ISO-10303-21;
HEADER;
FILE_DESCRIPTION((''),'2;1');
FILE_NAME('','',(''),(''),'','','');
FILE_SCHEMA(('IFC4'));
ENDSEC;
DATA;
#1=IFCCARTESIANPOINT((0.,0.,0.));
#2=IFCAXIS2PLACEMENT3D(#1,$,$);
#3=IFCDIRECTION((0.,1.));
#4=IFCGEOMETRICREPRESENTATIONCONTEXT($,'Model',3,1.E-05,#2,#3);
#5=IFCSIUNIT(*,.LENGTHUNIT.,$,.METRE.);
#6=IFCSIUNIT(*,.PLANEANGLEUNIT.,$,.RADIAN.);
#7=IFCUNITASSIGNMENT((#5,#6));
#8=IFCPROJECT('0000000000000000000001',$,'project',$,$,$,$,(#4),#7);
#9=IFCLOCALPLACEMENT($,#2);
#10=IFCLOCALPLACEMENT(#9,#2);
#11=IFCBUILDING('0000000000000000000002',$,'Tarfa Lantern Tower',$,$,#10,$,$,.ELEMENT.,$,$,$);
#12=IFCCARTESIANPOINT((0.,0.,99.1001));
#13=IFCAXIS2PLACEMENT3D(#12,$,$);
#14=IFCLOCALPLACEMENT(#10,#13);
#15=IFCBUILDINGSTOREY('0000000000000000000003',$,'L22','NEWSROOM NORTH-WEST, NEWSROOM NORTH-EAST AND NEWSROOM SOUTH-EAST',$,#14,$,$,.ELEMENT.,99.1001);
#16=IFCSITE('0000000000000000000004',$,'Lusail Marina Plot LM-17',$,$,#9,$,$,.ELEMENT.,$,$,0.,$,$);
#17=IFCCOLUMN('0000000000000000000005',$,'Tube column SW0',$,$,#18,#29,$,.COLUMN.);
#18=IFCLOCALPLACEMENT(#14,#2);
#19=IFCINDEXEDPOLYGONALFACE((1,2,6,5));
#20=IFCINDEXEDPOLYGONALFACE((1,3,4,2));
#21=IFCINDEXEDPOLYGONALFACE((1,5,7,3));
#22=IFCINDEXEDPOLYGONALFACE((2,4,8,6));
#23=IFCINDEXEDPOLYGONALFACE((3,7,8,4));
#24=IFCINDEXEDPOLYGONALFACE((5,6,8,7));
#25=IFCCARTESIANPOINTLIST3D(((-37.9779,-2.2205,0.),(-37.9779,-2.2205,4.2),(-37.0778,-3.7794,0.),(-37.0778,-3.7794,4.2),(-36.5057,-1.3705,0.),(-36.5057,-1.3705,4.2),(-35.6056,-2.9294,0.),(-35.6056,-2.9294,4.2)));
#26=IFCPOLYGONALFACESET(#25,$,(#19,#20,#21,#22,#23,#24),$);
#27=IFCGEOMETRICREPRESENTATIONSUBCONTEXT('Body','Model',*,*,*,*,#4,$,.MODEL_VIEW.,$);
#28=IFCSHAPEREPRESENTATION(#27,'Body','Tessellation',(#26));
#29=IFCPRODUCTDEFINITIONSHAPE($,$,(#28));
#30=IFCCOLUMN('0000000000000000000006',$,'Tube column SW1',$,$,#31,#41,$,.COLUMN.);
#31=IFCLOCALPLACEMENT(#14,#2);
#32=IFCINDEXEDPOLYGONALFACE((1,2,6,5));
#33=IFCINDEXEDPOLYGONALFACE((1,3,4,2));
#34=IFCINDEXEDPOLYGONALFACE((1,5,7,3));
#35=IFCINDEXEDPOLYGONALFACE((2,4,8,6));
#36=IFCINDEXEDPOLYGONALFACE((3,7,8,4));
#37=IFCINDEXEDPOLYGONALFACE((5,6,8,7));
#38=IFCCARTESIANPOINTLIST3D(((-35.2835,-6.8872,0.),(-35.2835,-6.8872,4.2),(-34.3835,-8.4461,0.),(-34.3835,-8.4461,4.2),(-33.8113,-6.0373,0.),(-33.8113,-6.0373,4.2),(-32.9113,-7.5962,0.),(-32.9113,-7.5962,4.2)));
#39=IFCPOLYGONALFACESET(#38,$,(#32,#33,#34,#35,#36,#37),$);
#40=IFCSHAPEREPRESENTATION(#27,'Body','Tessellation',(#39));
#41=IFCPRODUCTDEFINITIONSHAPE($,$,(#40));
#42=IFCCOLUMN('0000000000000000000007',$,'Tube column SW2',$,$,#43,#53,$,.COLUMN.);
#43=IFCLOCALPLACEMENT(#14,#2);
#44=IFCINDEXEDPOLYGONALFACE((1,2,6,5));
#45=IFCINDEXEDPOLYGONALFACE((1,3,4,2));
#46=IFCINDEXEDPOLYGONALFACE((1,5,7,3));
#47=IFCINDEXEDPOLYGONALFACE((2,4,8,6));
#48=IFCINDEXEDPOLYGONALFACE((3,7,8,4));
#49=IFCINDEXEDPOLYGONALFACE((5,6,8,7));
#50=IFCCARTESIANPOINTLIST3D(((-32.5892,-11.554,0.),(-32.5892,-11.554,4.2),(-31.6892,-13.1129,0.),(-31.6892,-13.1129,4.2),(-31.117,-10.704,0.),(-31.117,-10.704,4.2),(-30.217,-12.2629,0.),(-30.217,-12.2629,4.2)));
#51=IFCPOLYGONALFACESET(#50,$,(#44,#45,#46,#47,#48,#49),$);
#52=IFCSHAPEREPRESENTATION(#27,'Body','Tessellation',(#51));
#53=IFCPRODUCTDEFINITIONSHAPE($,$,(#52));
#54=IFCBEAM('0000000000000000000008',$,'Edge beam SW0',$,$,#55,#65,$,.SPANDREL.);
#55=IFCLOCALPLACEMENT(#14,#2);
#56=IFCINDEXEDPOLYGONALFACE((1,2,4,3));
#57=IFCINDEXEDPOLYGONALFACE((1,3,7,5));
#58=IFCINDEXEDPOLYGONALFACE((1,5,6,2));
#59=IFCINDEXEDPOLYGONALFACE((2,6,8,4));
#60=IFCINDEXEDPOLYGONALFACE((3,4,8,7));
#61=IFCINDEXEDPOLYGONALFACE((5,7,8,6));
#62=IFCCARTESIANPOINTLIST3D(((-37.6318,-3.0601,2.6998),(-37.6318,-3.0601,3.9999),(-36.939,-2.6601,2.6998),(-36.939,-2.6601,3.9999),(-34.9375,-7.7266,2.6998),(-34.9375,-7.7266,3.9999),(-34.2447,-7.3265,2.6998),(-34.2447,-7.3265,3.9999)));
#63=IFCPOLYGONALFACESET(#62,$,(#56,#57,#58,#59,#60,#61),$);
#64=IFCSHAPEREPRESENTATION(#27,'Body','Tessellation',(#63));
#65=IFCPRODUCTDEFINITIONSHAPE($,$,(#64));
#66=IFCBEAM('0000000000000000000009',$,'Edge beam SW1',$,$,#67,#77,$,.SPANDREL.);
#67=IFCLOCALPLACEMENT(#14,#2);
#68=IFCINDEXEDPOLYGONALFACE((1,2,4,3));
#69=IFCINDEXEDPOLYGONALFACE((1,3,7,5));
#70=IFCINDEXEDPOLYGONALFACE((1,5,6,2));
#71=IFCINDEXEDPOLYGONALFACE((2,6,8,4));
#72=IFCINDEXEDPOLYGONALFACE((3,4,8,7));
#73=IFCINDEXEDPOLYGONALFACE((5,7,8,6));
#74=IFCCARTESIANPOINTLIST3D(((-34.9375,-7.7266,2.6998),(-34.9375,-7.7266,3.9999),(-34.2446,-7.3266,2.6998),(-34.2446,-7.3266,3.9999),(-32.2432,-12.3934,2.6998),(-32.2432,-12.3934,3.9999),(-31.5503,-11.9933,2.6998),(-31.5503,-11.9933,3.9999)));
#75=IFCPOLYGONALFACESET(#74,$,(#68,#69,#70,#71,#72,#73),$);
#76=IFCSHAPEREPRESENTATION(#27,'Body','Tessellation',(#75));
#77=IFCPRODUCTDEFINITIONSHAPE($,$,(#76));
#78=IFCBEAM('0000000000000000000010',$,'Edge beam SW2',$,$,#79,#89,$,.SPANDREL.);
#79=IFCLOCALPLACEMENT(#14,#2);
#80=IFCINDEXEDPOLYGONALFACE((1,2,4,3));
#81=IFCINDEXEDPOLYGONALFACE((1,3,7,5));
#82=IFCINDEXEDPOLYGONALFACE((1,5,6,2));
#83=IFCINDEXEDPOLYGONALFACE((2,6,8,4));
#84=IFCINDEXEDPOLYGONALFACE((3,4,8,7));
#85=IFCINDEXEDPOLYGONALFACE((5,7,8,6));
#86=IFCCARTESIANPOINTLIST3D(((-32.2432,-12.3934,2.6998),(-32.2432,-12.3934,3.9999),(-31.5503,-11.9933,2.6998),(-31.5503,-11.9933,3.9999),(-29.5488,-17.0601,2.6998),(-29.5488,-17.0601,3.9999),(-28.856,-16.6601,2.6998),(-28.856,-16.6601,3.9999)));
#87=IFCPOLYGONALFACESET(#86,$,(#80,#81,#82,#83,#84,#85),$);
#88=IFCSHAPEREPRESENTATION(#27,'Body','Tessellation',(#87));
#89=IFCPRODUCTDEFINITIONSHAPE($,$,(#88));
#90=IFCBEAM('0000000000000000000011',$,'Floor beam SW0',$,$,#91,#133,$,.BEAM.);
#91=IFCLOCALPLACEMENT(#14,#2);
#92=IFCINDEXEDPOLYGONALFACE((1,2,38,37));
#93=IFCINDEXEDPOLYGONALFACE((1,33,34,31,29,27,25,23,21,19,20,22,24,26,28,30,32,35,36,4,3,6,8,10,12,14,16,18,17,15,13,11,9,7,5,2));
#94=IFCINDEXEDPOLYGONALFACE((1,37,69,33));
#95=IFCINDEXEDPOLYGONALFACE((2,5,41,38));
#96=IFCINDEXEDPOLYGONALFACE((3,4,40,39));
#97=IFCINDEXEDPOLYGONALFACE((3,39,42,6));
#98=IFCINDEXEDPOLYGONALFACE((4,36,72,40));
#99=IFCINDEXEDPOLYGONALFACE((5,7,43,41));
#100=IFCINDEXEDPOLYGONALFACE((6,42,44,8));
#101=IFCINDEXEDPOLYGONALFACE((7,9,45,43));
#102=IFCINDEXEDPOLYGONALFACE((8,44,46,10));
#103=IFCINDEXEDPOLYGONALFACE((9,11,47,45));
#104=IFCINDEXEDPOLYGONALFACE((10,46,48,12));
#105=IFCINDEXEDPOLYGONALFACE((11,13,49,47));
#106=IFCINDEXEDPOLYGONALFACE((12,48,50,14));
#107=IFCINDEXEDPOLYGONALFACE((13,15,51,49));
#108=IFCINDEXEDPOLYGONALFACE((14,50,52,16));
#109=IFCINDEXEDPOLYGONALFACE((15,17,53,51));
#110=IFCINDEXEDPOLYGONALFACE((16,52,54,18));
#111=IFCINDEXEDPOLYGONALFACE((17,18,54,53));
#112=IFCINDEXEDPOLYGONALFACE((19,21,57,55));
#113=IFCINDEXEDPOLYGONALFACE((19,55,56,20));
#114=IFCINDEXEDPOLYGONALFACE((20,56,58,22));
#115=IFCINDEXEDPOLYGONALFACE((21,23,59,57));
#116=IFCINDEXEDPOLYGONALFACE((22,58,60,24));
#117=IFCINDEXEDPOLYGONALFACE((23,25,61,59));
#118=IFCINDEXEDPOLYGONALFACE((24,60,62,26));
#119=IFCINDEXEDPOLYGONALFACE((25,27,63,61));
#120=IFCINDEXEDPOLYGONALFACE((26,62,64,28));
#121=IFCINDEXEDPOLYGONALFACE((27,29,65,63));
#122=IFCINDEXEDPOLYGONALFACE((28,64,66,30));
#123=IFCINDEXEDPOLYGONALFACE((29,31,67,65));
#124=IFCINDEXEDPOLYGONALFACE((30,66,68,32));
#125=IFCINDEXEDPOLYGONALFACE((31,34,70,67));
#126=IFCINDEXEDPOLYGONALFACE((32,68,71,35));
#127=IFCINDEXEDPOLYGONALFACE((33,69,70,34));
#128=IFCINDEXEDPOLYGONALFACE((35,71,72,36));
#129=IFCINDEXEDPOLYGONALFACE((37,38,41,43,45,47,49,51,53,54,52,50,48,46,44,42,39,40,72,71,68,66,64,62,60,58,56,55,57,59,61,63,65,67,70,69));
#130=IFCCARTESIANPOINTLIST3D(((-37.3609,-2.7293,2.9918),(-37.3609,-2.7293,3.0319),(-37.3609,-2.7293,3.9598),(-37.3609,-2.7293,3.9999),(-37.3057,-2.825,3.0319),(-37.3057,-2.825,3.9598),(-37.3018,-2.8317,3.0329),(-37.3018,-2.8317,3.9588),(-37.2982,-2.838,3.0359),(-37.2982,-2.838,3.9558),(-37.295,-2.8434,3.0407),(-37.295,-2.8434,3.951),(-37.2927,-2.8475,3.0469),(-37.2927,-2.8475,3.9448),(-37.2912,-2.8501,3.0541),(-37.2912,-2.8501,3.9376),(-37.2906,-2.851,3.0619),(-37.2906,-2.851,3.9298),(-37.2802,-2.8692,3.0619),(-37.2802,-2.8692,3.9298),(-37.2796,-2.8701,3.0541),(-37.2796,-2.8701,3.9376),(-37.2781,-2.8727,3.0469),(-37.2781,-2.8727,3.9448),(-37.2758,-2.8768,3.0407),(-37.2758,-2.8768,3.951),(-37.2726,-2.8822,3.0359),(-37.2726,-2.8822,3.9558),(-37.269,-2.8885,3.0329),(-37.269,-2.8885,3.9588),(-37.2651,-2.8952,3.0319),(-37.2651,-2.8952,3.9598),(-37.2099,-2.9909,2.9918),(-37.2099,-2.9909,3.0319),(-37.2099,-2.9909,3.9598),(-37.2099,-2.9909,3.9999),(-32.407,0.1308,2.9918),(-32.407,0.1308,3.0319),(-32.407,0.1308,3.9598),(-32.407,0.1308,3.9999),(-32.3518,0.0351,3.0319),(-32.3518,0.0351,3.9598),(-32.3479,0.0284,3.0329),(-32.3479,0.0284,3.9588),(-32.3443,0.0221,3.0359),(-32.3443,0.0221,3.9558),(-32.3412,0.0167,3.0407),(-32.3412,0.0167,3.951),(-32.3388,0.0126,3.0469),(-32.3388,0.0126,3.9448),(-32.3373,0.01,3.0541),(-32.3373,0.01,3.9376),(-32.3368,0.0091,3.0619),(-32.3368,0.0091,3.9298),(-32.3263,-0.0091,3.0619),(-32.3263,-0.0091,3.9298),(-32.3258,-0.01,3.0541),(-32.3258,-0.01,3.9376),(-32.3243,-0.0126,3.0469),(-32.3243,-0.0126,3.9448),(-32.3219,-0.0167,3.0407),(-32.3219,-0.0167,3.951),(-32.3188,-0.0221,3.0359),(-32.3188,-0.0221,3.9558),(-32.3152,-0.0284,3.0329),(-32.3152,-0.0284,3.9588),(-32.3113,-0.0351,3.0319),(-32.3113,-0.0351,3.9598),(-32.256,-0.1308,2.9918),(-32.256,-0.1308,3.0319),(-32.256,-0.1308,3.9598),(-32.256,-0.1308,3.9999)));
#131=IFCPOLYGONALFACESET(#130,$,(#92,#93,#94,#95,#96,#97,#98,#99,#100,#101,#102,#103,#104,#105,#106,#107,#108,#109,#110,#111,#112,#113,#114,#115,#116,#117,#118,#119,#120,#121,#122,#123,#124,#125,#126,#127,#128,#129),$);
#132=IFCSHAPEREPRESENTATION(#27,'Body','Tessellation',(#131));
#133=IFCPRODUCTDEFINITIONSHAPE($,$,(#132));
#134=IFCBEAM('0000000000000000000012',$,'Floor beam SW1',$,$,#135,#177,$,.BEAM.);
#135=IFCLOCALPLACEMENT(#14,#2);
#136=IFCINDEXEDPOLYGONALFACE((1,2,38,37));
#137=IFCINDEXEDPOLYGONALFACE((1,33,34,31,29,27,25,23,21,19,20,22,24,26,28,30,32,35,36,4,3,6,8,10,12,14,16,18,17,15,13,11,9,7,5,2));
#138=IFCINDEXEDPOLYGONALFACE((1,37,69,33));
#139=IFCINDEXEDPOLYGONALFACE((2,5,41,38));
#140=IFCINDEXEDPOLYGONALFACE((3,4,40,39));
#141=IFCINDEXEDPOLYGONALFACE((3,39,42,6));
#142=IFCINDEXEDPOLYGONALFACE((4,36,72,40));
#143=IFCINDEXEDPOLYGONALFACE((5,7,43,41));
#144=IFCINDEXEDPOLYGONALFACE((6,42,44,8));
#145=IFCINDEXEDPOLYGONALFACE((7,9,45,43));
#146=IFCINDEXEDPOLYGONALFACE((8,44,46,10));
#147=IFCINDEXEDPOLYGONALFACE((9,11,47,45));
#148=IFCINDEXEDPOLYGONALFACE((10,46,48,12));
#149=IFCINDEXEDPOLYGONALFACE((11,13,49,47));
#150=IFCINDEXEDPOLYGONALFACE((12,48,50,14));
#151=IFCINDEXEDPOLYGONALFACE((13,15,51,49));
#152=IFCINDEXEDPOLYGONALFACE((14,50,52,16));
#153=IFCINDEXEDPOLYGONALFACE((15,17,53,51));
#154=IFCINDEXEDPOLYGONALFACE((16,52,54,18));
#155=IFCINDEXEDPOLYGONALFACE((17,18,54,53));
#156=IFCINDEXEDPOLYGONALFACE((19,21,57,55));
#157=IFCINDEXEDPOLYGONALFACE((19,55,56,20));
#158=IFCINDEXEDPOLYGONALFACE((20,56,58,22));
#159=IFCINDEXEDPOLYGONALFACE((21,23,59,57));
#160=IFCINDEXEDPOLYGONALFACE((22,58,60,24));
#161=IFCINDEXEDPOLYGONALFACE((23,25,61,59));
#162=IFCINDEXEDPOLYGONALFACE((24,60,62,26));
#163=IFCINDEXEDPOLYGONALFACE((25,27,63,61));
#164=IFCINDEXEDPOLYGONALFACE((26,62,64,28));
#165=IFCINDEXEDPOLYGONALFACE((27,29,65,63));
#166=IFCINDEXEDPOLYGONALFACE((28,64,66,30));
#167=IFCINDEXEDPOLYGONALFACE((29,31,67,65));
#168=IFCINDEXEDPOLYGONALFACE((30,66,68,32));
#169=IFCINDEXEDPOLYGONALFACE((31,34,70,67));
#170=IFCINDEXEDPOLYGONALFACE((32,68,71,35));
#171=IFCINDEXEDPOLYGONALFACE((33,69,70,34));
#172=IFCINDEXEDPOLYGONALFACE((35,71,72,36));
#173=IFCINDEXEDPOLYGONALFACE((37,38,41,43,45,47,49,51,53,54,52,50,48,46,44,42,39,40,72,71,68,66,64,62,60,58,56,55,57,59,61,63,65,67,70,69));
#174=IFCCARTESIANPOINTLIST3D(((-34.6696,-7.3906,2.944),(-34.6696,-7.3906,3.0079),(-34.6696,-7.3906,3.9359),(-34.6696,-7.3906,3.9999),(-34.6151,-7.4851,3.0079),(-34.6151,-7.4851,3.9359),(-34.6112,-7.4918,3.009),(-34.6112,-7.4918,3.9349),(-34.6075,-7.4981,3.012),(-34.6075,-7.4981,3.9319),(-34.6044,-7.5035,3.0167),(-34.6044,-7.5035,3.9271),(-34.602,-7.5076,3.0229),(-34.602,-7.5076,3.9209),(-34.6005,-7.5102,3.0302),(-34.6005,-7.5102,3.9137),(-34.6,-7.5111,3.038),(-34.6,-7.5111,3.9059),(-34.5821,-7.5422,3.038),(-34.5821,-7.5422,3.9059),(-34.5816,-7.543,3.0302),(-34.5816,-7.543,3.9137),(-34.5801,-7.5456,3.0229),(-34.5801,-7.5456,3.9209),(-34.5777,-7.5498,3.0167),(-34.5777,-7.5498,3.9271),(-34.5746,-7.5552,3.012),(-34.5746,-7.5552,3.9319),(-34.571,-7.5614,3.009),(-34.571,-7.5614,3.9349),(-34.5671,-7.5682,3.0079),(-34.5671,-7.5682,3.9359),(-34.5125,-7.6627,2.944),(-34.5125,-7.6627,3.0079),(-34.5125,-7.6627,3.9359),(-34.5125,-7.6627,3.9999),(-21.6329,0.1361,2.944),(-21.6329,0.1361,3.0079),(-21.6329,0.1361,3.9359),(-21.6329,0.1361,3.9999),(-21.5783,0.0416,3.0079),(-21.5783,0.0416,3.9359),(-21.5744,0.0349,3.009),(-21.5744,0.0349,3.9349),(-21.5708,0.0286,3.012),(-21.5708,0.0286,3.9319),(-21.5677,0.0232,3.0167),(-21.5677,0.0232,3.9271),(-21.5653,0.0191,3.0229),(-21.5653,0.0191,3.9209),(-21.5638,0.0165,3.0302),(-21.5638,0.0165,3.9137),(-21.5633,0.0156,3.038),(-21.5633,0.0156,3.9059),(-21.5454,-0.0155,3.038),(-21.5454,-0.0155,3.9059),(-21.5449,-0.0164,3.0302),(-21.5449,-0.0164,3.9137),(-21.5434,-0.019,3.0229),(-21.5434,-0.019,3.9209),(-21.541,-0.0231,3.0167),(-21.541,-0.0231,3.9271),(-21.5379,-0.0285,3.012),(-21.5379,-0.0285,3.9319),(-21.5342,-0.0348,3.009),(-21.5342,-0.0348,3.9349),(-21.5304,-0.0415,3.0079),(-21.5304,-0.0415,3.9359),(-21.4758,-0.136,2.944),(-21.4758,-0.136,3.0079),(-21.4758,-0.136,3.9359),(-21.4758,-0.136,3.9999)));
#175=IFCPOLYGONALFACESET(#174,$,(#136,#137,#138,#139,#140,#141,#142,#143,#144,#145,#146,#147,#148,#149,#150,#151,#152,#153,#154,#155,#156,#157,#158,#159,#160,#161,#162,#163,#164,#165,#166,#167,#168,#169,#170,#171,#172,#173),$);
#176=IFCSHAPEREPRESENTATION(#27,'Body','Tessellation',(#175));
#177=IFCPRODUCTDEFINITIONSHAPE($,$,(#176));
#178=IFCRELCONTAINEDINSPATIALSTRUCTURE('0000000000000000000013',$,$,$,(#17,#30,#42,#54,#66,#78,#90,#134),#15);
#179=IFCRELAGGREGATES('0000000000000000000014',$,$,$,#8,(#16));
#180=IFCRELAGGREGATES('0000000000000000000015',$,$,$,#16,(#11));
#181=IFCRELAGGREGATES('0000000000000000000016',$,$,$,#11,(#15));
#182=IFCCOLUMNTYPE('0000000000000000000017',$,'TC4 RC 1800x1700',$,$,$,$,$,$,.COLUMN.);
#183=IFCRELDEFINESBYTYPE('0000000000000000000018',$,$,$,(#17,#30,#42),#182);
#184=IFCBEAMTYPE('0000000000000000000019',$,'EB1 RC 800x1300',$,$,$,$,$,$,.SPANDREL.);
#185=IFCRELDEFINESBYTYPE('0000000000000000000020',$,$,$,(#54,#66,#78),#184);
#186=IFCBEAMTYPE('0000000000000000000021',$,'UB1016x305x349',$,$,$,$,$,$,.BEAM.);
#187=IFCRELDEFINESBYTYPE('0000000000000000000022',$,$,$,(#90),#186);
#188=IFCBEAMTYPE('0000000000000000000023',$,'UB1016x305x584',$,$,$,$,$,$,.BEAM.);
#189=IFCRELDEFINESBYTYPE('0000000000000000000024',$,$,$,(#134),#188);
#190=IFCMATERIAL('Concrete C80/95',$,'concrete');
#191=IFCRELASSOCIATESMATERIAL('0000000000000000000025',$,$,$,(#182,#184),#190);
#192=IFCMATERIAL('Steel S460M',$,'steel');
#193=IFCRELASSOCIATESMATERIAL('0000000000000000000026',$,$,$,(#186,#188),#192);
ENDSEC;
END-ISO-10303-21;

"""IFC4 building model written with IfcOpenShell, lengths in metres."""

from ifc_helpers import new_model, si_unit, direction, frame, origin, origin_2d, place, context, subcontext, project, spatial, rectangle, i_section, extrude, material, material_profile, profile_set, type_object, element, save


model = new_model("IFC4")

# Units and contexts
model_context = context("Model", 3, precision=1e-05, world=origin(), true_north=direction((0.0, 1.0)))
body_context = subcontext(model_context, "Body", "Model", "MODEL_VIEW")
ifc_project = project(units=[si_unit("LENGTHUNIT", "METRE"), si_unit("PLANEANGLEUNIT", "RADIAN")], contexts=[model_context])

# Site, building, storey
site_placement = place(None, origin())
site = spatial("IfcSite", under=ifc_project, at=site_placement, Name="Lusail Marina Plot LM-17", CompositionType="ELEMENT", RefElevation=0.0)
building_placement = place(site_placement, origin())
building = spatial("IfcBuilding", under=site, at=building_placement, Name="Tarfa Lantern Tower", CompositionType="ELEMENT")
storey_placement = place(building_placement, frame((0.0, 0.0, 99.1001)))
storey = spatial("IfcBuildingStorey", under=building, at=storey_placement, Name="L22", Description="NEWSROOM NORTH-WEST, NEWSROOM NORTH-EAST AND NEWSROOM SOUTH-EAST", CompositionType="ELEMENT", Elevation=99.1001)

# Columns
ifc_material_1 = material(Name="Concrete C80/95", Category="concrete")
ifc_material_profile_1 = material_profile(ifc_material_1, rectangle(XDim=1.8, YDim=1.7, at=origin_2d()), Name="RC 1800x1700")
ifc_profile_set_1 = profile_set([ifc_material_profile_1], Name="Concrete C80/95")
column_type = type_object("IfcColumnType", Name="TC4 RC 1800x1700", PredefinedType="COLUMN", material=ifc_profile_set_1)
for number, where, z_axis, x_axis, name in (
    (1, (-36.7917, -2.575, 0.0), (0.0, 0.0, 1.0), (0.5, -0.866025, 0.0), "Tube column SW0"),
    (2, (-34.0974, -7.2417, 0.0), (0.0, 0.0, 1.0), (0.5, -0.866025, 0.0), "Tube column SW1"),
    (3, (-31.4031, -11.9084, 0.0), (0.0, 0.0, 1.0), (0.5, -0.866025, 0.0), "Tube column SW2"),
):
    element("IfcColumn", number, at=place(storey_placement, frame(where, z_axis=z_axis, x_axis=x_axis)), inside=storey, type_object=column_type, Name=name, PredefinedType="COLUMN", context=body_context, shape_type="SweptSolid", body=[
        extrude(rectangle(XDim=1.8, YDim=1.7, at=origin_2d()), origin(), (0.0, 0.0, 1.0), 4.2),
    ])

# Beams
ifc_material_profile_2 = material_profile(ifc_material_1, rectangle(XDim=0.8, YDim=1.3, at=origin_2d()), Name="RC 800x1300")
ifc_profile_set_2 = profile_set([ifc_material_profile_2], Name="Concrete C80/95")
beam_type_1 = type_object("IfcBeamType", Name="EB1 RC 800x1300", PredefinedType="SPANDREL", material=ifc_profile_set_2)
beam_1_placement = place(storey_placement, frame((-37.2854, -2.8601, 3.3499), z_axis=(0.500018, -0.866015, 0.0), x_axis=(0.866015, 0.500018, 0.0)))
element("IfcBeam", 4, at=beam_1_placement, inside=storey, type_object=beam_type_1, Name="Edge beam SW0", PredefinedType="SPANDREL", context=body_context, shape_type="SweptSolid", body=[
    extrude(rectangle(XDim=0.8, YDim=1.3, at=origin_2d()), origin(), (0.0, 0.0, 1.0), 5.3884),
])
for number, where, z_axis, x_axis, name in (
    (5, (-34.5911, -7.5266, 3.3499), (0.499998, -0.866026, 0.0), (0.866026, 0.499998, 0.0), "Edge beam SW1"),
    (6, (-31.8967, -12.1934, 3.3499), (0.499998, -0.866026, 0.0), (0.866026, 0.499998, 0.0), "Edge beam SW2"),
):
    element("IfcBeam", number, at=place(storey_placement, frame(where, z_axis=z_axis, x_axis=x_axis)), inside=storey, type_object=beam_type_1, Name=name, PredefinedType="SPANDREL", context=body_context, shape_type="SweptSolid", body=[
        extrude(rectangle(XDim=0.8, YDim=1.3, at=origin_2d()), origin(), (0.0, 0.0, 1.0), 5.3887),
    ])
ifc_material_2 = material(Name="Steel S460M", Category="steel")
ifc_material_profile_3 = material_profile(ifc_material_2, i_section(OverallWidth=0.302, OverallDepth=1.0081, WebThickness=0.021, FlangeThickness=0.04, FilletRadius=0.03, at=origin_2d()), Name="UB1016x305x349")
ifc_profile_set_3 = profile_set([ifc_material_profile_3], Name="Steel S460M")
beam_type_2 = type_object("IfcBeamType", Name="UB1016x305x349", PredefinedType="BEAM", material=ifc_profile_set_3)
beam_2_placement = place(storey_placement, frame((-37.2854, -2.8601, 3.4958), z_axis=(0.866026, 0.5, 0.0), x_axis=(-0.5, 0.866026, 0.0)))
element("IfcBeam", 7, at=beam_2_placement, inside=storey, type_object=beam_type_2, Name="Floor beam SW0", PredefinedType="BEAM", context=body_context, shape_type="SweptSolid", body=[
    extrude(i_section(OverallWidth=0.302, OverallDepth=1.0081, WebThickness=0.021, FlangeThickness=0.04, FilletRadius=0.03, at=origin_2d()), origin(), (0.0, 0.0, 1.0), 5.7202),
])
ifc_material_profile_4 = material_profile(ifc_material_2, i_section(OverallWidth=0.3142, OverallDepth=1.0559, WebThickness=0.0359, FlangeThickness=0.064, FilletRadius=0.03, at=origin_2d()), Name="UB1016x305x584")
ifc_profile_set_4 = profile_set([ifc_material_profile_4], Name="Steel S460M")
beam_type_3 = type_object("IfcBeamType", Name="UB1016x305x584", PredefinedType="BEAM", material=ifc_profile_set_4)
beam_3_placement = place(storey_placement, frame((-34.5911, -7.5266, 3.4719), z_axis=(0.866028, 0.499996, 0.0), x_axis=(-0.499996, 0.866028, 0.0)))
element("IfcBeam", 8, at=beam_3_placement, inside=storey, type_object=beam_type_3, Name="Floor beam SW1", PredefinedType="BEAM", context=body_context, shape_type="SweptSolid", body=[
    extrude(i_section(OverallWidth=0.3142, OverallDepth=1.0559, WebThickness=0.0359, FlangeThickness=0.064, FilletRadius=0.03, at=origin_2d()), origin(), (0.0, 0.0, 1.0), 15.0535),
])

save(model, "model.ifc")
